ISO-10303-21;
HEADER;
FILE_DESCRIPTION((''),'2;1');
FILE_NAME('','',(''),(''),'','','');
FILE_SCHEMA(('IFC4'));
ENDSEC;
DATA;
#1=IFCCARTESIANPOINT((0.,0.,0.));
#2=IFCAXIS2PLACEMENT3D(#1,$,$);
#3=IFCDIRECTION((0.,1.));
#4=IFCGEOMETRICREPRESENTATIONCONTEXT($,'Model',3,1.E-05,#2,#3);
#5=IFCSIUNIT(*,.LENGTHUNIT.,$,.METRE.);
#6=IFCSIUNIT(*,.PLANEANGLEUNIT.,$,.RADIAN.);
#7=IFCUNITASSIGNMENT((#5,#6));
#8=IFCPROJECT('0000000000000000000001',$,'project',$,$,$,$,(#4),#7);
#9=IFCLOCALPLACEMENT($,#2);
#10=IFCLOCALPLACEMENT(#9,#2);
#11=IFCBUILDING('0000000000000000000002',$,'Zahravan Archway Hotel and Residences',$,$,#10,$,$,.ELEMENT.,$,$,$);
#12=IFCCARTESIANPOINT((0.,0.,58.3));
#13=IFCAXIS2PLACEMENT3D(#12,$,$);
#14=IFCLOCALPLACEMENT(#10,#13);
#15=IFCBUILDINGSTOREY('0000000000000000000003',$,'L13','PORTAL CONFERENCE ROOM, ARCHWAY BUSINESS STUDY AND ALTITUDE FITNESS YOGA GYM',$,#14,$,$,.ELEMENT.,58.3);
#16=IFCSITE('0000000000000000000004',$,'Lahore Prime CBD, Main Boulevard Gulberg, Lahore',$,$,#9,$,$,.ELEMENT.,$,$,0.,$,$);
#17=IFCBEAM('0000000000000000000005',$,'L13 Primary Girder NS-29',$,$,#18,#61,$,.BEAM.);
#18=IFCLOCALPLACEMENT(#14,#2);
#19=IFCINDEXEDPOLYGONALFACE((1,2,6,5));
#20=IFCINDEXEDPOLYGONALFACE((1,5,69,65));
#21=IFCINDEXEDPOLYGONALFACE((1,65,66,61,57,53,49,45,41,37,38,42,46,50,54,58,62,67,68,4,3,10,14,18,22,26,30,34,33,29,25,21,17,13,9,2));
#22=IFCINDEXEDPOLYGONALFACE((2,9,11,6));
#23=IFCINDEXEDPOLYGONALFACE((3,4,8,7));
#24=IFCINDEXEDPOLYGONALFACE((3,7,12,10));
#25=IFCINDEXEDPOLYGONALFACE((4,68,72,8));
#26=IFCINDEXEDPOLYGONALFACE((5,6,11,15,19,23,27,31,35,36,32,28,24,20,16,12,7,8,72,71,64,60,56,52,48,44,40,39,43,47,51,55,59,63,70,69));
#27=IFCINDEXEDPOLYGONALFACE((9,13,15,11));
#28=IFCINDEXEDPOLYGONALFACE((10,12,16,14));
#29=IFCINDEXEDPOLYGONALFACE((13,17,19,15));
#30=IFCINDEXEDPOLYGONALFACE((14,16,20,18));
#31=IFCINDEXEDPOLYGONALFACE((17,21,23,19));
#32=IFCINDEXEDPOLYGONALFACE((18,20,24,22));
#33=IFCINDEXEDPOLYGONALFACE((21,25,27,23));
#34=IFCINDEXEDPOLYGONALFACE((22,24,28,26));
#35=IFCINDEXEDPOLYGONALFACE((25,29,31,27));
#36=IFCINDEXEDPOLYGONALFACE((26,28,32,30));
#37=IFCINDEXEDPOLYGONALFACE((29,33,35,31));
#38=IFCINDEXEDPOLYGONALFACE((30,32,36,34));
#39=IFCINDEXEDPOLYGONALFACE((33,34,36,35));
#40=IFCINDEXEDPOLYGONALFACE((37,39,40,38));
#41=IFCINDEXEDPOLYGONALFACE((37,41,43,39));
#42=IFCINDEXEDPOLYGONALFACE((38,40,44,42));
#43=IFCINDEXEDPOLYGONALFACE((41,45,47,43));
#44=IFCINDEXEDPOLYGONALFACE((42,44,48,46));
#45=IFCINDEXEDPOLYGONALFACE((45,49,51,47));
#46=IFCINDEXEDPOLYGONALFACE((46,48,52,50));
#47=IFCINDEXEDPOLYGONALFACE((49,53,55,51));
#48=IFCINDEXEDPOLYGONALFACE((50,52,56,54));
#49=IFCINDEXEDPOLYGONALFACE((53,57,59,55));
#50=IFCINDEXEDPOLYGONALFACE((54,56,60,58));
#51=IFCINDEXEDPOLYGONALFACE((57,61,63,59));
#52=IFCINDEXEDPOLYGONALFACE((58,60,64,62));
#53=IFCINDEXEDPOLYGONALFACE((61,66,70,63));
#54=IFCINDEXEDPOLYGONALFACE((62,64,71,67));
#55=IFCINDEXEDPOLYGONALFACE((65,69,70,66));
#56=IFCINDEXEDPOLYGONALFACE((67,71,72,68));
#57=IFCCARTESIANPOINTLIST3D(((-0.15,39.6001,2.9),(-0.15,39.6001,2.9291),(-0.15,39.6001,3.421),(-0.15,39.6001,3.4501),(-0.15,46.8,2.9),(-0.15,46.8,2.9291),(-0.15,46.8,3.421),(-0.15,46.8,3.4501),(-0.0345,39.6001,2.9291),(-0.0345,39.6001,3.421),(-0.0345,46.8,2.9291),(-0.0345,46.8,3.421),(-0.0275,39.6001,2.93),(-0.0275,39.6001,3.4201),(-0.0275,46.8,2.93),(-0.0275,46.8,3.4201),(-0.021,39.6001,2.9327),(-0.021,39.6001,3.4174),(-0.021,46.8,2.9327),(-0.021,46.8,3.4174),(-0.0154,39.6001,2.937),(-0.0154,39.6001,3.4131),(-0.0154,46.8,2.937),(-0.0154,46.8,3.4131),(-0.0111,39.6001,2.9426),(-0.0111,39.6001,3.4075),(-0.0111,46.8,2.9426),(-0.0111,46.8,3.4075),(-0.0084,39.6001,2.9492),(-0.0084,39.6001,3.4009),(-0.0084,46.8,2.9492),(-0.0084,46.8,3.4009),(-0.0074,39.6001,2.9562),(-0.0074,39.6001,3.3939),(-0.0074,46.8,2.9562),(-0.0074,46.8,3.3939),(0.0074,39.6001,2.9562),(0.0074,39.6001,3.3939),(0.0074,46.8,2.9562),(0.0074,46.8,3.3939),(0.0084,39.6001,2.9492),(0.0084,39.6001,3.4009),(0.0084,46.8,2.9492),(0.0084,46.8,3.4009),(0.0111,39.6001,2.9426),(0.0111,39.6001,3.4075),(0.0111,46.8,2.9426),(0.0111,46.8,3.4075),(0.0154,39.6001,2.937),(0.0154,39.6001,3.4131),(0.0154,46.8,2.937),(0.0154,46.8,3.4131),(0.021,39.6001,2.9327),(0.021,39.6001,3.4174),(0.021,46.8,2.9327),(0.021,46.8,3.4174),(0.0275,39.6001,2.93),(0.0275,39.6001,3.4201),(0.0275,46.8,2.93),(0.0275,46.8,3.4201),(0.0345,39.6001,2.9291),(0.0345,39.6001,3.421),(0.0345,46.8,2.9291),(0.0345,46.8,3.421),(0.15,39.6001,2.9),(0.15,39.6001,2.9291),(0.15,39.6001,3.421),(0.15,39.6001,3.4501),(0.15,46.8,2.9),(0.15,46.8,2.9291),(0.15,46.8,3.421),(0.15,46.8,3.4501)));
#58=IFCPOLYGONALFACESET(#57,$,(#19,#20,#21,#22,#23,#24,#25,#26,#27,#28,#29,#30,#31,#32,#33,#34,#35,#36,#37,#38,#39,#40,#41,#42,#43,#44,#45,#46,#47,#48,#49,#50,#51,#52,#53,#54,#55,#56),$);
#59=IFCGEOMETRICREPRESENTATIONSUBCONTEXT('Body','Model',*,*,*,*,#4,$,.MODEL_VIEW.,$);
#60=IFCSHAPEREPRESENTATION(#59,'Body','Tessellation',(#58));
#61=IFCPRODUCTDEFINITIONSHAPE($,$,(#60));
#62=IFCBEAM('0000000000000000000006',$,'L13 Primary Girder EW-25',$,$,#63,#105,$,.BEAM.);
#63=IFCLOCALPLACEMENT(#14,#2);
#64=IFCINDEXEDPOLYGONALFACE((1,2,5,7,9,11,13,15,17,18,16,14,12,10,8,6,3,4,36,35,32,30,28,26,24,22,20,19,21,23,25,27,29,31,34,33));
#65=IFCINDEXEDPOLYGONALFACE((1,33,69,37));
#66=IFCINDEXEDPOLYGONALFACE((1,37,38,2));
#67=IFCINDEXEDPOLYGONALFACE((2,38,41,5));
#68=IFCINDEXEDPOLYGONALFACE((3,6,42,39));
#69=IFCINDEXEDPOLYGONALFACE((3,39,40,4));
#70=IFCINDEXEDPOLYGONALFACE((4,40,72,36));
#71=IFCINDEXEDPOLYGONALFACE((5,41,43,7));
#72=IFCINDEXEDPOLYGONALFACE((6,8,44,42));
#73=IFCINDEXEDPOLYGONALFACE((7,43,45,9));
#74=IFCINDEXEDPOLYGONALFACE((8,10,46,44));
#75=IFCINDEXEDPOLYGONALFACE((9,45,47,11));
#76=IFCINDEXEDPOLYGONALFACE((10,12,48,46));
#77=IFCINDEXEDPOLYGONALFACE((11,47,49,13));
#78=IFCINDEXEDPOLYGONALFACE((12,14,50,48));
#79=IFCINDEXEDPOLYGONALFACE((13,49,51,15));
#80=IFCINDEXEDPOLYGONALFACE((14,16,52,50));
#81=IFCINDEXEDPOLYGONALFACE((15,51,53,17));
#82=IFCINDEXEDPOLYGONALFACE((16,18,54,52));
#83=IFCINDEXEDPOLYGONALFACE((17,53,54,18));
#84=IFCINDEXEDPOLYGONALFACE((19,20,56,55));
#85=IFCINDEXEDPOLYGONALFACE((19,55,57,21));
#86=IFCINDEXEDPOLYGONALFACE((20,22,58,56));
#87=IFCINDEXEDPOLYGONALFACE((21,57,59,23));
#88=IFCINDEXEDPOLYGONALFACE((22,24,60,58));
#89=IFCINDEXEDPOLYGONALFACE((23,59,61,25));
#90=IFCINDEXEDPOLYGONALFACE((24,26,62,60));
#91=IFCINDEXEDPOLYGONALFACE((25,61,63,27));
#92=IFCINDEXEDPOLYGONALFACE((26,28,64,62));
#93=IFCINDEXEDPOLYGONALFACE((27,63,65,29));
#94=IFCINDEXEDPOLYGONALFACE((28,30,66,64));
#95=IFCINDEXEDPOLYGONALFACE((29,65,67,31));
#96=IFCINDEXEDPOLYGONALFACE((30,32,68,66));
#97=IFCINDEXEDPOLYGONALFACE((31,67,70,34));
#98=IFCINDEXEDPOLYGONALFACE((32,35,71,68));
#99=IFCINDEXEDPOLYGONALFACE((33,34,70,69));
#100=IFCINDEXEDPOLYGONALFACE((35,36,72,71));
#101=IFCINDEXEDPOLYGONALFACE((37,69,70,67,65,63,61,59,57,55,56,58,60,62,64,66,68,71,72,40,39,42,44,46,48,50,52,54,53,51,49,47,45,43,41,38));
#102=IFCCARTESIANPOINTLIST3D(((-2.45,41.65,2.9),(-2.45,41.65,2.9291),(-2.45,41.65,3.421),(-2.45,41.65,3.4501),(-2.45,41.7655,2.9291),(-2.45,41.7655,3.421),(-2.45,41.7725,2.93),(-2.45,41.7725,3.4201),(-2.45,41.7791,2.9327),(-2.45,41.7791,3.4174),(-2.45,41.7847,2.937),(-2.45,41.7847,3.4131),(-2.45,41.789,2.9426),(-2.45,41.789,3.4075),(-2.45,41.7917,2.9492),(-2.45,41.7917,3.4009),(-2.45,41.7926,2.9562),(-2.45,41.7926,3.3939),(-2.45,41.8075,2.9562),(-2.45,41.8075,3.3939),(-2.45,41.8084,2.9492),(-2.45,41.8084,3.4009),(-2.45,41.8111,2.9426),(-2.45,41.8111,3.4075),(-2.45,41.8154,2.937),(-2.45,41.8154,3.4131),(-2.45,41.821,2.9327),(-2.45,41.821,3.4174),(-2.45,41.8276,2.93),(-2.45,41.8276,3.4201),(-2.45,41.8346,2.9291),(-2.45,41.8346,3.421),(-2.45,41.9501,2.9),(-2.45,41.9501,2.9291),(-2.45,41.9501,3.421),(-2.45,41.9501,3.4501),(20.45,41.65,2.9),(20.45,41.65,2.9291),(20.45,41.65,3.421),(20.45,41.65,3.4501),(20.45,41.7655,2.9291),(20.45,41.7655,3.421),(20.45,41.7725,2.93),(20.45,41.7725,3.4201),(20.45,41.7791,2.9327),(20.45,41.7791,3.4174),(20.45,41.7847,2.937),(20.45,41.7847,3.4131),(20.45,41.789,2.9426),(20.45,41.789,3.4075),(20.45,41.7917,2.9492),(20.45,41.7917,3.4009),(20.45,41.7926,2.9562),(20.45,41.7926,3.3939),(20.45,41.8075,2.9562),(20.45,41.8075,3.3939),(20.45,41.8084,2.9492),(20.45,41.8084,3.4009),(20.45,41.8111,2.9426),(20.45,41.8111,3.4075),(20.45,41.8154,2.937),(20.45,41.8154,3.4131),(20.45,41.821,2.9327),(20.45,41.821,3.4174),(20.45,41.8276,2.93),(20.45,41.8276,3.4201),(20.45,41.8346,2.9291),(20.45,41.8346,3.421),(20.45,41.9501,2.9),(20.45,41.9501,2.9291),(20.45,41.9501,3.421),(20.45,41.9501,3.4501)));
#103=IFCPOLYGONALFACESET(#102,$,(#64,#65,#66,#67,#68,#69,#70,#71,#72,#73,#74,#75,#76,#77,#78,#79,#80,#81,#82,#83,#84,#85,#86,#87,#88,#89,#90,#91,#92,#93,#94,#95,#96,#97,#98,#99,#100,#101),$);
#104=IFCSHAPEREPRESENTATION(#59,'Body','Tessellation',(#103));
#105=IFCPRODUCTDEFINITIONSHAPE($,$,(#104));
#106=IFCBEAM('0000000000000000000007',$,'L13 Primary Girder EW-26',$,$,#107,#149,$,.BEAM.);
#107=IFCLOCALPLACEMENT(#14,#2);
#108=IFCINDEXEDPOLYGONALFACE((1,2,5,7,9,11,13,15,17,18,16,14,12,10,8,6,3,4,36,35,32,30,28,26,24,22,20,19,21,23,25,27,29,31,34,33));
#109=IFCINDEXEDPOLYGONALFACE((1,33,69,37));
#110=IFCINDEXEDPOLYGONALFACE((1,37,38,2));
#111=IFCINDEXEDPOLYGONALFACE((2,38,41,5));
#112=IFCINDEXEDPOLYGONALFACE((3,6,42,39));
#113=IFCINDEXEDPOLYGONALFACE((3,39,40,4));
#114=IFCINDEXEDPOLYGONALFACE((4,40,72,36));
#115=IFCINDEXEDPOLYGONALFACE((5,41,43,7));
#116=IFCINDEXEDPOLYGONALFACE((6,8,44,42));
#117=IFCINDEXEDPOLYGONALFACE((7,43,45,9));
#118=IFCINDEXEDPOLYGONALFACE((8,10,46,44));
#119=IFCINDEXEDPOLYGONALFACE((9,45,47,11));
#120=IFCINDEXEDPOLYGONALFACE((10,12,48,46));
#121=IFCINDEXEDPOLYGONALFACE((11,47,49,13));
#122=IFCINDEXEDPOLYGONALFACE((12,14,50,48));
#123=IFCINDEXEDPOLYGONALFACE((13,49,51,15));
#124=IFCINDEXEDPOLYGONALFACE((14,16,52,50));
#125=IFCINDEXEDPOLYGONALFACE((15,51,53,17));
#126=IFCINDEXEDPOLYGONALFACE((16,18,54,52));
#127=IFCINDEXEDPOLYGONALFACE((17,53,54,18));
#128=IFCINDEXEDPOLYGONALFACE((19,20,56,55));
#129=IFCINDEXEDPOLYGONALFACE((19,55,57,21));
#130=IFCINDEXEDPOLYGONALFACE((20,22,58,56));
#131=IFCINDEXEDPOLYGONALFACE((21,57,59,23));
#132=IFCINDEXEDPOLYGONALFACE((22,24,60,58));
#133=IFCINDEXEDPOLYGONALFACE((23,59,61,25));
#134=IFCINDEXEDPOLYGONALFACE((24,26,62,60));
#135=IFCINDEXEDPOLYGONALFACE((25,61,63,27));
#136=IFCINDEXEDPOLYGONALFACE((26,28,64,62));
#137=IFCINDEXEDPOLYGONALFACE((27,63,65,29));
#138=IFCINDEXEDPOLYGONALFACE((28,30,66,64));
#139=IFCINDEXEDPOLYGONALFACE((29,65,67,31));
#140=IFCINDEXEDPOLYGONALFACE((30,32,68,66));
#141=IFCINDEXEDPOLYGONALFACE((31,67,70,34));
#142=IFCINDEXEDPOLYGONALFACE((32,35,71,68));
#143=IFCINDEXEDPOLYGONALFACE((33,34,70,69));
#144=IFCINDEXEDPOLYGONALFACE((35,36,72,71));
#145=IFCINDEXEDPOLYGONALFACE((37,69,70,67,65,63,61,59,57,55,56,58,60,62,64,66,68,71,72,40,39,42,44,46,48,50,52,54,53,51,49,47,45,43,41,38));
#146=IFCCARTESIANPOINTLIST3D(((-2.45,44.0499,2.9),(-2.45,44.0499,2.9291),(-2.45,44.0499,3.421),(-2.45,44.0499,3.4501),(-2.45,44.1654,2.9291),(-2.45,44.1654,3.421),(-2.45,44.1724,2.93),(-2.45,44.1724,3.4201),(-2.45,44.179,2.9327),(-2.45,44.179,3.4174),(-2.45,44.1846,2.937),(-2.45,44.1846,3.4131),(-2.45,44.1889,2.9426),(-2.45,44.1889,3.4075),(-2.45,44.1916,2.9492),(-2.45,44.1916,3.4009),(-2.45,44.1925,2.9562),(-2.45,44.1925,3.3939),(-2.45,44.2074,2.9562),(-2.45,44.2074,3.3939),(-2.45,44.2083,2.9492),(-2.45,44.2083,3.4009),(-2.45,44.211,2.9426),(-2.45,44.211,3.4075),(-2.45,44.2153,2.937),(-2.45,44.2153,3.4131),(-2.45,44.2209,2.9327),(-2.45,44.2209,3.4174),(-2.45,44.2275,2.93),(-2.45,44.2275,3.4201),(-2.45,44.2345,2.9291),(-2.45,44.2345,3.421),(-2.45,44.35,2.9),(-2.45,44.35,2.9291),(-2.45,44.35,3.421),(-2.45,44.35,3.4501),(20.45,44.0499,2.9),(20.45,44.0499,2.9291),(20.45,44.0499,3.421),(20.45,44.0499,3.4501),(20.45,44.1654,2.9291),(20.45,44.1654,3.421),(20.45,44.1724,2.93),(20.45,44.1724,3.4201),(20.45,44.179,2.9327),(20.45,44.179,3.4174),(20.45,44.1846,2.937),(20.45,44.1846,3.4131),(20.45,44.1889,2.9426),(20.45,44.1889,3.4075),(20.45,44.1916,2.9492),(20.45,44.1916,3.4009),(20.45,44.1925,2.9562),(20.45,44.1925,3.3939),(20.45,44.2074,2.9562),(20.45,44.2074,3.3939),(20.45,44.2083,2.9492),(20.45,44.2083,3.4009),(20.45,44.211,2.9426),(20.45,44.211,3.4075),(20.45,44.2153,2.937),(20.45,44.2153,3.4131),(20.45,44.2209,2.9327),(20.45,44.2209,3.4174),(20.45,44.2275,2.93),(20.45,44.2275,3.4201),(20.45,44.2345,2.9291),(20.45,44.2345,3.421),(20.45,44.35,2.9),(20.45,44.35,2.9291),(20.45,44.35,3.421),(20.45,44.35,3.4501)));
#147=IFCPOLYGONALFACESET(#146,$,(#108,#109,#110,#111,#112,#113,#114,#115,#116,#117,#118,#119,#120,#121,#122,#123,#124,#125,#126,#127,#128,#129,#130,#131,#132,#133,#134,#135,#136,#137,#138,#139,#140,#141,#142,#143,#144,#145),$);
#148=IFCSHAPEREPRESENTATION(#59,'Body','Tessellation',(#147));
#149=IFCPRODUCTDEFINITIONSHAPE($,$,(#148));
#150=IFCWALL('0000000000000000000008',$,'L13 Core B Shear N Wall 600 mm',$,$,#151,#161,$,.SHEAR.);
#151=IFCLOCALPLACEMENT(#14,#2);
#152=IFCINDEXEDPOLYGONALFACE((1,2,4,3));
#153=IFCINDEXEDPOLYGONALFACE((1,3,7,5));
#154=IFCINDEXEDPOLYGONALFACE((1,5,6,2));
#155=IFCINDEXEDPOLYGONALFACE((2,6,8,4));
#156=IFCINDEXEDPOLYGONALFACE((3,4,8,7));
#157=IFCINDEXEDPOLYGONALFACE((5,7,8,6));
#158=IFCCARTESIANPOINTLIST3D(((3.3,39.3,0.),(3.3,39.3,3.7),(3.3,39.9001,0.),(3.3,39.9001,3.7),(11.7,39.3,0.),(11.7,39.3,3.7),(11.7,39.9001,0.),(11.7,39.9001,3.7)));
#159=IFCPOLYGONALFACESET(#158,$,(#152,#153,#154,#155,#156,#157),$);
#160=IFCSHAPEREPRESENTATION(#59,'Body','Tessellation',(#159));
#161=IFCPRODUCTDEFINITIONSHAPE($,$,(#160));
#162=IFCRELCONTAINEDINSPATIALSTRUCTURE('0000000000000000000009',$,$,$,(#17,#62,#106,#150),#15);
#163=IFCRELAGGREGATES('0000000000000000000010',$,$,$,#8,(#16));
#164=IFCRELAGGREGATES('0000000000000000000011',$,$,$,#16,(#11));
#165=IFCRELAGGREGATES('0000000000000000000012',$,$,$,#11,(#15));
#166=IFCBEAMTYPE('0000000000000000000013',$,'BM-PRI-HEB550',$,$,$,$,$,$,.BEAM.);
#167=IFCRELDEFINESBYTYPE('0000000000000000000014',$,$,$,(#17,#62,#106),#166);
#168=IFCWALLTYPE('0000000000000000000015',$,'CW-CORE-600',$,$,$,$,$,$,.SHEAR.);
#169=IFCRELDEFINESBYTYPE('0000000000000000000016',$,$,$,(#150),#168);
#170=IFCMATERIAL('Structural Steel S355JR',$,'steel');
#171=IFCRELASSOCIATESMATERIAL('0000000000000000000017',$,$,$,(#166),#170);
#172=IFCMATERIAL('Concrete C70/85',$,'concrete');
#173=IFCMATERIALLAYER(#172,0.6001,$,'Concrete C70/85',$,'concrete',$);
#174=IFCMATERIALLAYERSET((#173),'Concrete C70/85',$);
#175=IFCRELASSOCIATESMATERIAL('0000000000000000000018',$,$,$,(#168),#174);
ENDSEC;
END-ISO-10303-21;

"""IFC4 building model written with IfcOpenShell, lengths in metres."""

from ifc_helpers import new_model, si_unit, direction, frame, frame_2d, origin, origin_2d, place, context, subcontext, project, spatial, rectangle, i_section, extrude, source, transform, mapped, material, layer, layer_set, material_profile, profile_set, type_object, element, save


model = new_model("IFC4")

# Units and contexts
model_context = context("Model", 3, precision=1e-05, world=origin(), true_north=direction((0.0, 1.0)))
body_context = subcontext(model_context, "Body", "Model", "MODEL_VIEW")
ifc_project = project(units=[si_unit("LENGTHUNIT", "METRE"), si_unit("PLANEANGLEUNIT", "RADIAN")], contexts=[model_context])

# Site, building, storey
site_placement = place(None, origin())
site = spatial("IfcSite", under=ifc_project, at=site_placement, Name="Lahore Prime CBD, Main Boulevard Gulberg, Lahore", CompositionType="ELEMENT", RefElevation=0.0)
building_placement = place(site_placement, origin())
building = spatial("IfcBuilding", under=site, at=building_placement, Name="Zahravan Archway Hotel and Residences", CompositionType="ELEMENT")
storey_placement = place(building_placement, frame((0.0, 0.0, 58.3)))
storey = spatial("IfcBuildingStorey", under=building, at=storey_placement, Name="L13", Description="PORTAL CONFERENCE ROOM, ARCHWAY BUSINESS STUDY AND ALTITUDE FITNESS YOGA GYM", CompositionType="ELEMENT", Elevation=58.3)

# Shared definitions
ifc_material_1 = material(Name="Concrete C70/85", Category="concrete")

# Beams
ifc_material_2 = material(Name="Structural Steel S355JR", Category="steel")
ifc_material_profile_1 = material_profile(ifc_material_2, i_section(OverallWidth=0.3, OverallDepth=0.55, WebThickness=0.0149, FlangeThickness=0.0291, FilletRadius=0.0271, at=origin_2d()), Name="HEB 550", Category="steel")
ifc_profile_set_1 = profile_set([ifc_material_profile_1], Name="Structural Steel S355JR")
beam_type_1 = type_object("IfcBeamType", Name="BM-PRI-HEB550", PredefinedType="BEAM", material=ifc_profile_set_1)
shared_shape_1 = source(origin(), body_context, "Body", "SweptSolid", [
    extrude(i_section(OverallWidth=0.3, OverallDepth=0.55, WebThickness=0.0149, FlangeThickness=0.0291, FilletRadius=0.0271, at=origin_2d()), origin(), (0.0, 0.0, 1.0), 7.2),
])
for number, where, z_axis, x_axis, name in (
    (1, (0.0, 39.6001, 3.175), (0.0, 1.0, 0.0), (-1.0, 0.0, 0.0), "L13 Primary Girder NS-29"),
):
    element("IfcBeam", number, at=place(storey_placement, frame(where, z_axis=z_axis, x_axis=x_axis)), inside=storey, type_object=beam_type_1, Name=name, PredefinedType="BEAM", context=body_context, shape_type="MappedRepresentation", body=[
        mapped(shared_shape_1, transform((0.0, 0.0, 0.0), scale=1.0)),
    ])
shared_shape_2 = source(origin(), body_context, "Body", "SweptSolid", [
    extrude(i_section(OverallWidth=0.3, OverallDepth=0.55, WebThickness=0.0149, FlangeThickness=0.0291, FilletRadius=0.0271, at=origin_2d()), origin(), (0.0, 0.0, 1.0), 22.8999),
])
for number, where, z_axis, x_axis, name in (
    (2, (-2.45, 41.8, 3.175), (1.0, 0.0, 0.0), (0.0, 1.0, 0.0), "L13 Primary Girder EW-25"),
    (3, (-2.45, 44.2, 3.175), (1.0, 0.0, 0.0), (0.0, 1.0, 0.0), "L13 Primary Girder EW-26"),
):
    element("IfcBeam", number, at=place(storey_placement, frame(where, z_axis=z_axis, x_axis=x_axis)), inside=storey, type_object=beam_type_1, Name=name, PredefinedType="BEAM", context=body_context, shape_type="MappedRepresentation", body=[
        mapped(shared_shape_2, transform((0.0, 0.0, 0.0), scale=1.0)),
    ])

# Wall
ifc_layer_1 = layer(ifc_material_1, 0.6001, Name="Concrete C70/85", Category="concrete")
ifc_layer_set_1 = layer_set([ifc_layer_1], Name="Concrete C70/85")
wall_type_1 = type_object("IfcWallType", Name="CW-CORE-600", PredefinedType="SHEAR", material=ifc_layer_set_1)
wall_1_placement = place(storey_placement, frame((3.3, 39.6001, 0.0), z_axis=(0.0, 0.0, 1.0), x_axis=(1.0, 0.0, 0.0)))
element("IfcWall", 4, at=wall_1_placement, inside=storey, type_object=wall_type_1, Name="L13 Core B Shear N Wall 600 mm", PredefinedType="SHEAR", context=body_context, shape_type="SweptSolid", body=[
    extrude(rectangle(XDim=8.3999, YDim=0.6001, at=frame_2d((4.2, 0.0))), origin(), (0.0, 0.0, 1.0), 3.7),
])

save(model, "model.ifc")
